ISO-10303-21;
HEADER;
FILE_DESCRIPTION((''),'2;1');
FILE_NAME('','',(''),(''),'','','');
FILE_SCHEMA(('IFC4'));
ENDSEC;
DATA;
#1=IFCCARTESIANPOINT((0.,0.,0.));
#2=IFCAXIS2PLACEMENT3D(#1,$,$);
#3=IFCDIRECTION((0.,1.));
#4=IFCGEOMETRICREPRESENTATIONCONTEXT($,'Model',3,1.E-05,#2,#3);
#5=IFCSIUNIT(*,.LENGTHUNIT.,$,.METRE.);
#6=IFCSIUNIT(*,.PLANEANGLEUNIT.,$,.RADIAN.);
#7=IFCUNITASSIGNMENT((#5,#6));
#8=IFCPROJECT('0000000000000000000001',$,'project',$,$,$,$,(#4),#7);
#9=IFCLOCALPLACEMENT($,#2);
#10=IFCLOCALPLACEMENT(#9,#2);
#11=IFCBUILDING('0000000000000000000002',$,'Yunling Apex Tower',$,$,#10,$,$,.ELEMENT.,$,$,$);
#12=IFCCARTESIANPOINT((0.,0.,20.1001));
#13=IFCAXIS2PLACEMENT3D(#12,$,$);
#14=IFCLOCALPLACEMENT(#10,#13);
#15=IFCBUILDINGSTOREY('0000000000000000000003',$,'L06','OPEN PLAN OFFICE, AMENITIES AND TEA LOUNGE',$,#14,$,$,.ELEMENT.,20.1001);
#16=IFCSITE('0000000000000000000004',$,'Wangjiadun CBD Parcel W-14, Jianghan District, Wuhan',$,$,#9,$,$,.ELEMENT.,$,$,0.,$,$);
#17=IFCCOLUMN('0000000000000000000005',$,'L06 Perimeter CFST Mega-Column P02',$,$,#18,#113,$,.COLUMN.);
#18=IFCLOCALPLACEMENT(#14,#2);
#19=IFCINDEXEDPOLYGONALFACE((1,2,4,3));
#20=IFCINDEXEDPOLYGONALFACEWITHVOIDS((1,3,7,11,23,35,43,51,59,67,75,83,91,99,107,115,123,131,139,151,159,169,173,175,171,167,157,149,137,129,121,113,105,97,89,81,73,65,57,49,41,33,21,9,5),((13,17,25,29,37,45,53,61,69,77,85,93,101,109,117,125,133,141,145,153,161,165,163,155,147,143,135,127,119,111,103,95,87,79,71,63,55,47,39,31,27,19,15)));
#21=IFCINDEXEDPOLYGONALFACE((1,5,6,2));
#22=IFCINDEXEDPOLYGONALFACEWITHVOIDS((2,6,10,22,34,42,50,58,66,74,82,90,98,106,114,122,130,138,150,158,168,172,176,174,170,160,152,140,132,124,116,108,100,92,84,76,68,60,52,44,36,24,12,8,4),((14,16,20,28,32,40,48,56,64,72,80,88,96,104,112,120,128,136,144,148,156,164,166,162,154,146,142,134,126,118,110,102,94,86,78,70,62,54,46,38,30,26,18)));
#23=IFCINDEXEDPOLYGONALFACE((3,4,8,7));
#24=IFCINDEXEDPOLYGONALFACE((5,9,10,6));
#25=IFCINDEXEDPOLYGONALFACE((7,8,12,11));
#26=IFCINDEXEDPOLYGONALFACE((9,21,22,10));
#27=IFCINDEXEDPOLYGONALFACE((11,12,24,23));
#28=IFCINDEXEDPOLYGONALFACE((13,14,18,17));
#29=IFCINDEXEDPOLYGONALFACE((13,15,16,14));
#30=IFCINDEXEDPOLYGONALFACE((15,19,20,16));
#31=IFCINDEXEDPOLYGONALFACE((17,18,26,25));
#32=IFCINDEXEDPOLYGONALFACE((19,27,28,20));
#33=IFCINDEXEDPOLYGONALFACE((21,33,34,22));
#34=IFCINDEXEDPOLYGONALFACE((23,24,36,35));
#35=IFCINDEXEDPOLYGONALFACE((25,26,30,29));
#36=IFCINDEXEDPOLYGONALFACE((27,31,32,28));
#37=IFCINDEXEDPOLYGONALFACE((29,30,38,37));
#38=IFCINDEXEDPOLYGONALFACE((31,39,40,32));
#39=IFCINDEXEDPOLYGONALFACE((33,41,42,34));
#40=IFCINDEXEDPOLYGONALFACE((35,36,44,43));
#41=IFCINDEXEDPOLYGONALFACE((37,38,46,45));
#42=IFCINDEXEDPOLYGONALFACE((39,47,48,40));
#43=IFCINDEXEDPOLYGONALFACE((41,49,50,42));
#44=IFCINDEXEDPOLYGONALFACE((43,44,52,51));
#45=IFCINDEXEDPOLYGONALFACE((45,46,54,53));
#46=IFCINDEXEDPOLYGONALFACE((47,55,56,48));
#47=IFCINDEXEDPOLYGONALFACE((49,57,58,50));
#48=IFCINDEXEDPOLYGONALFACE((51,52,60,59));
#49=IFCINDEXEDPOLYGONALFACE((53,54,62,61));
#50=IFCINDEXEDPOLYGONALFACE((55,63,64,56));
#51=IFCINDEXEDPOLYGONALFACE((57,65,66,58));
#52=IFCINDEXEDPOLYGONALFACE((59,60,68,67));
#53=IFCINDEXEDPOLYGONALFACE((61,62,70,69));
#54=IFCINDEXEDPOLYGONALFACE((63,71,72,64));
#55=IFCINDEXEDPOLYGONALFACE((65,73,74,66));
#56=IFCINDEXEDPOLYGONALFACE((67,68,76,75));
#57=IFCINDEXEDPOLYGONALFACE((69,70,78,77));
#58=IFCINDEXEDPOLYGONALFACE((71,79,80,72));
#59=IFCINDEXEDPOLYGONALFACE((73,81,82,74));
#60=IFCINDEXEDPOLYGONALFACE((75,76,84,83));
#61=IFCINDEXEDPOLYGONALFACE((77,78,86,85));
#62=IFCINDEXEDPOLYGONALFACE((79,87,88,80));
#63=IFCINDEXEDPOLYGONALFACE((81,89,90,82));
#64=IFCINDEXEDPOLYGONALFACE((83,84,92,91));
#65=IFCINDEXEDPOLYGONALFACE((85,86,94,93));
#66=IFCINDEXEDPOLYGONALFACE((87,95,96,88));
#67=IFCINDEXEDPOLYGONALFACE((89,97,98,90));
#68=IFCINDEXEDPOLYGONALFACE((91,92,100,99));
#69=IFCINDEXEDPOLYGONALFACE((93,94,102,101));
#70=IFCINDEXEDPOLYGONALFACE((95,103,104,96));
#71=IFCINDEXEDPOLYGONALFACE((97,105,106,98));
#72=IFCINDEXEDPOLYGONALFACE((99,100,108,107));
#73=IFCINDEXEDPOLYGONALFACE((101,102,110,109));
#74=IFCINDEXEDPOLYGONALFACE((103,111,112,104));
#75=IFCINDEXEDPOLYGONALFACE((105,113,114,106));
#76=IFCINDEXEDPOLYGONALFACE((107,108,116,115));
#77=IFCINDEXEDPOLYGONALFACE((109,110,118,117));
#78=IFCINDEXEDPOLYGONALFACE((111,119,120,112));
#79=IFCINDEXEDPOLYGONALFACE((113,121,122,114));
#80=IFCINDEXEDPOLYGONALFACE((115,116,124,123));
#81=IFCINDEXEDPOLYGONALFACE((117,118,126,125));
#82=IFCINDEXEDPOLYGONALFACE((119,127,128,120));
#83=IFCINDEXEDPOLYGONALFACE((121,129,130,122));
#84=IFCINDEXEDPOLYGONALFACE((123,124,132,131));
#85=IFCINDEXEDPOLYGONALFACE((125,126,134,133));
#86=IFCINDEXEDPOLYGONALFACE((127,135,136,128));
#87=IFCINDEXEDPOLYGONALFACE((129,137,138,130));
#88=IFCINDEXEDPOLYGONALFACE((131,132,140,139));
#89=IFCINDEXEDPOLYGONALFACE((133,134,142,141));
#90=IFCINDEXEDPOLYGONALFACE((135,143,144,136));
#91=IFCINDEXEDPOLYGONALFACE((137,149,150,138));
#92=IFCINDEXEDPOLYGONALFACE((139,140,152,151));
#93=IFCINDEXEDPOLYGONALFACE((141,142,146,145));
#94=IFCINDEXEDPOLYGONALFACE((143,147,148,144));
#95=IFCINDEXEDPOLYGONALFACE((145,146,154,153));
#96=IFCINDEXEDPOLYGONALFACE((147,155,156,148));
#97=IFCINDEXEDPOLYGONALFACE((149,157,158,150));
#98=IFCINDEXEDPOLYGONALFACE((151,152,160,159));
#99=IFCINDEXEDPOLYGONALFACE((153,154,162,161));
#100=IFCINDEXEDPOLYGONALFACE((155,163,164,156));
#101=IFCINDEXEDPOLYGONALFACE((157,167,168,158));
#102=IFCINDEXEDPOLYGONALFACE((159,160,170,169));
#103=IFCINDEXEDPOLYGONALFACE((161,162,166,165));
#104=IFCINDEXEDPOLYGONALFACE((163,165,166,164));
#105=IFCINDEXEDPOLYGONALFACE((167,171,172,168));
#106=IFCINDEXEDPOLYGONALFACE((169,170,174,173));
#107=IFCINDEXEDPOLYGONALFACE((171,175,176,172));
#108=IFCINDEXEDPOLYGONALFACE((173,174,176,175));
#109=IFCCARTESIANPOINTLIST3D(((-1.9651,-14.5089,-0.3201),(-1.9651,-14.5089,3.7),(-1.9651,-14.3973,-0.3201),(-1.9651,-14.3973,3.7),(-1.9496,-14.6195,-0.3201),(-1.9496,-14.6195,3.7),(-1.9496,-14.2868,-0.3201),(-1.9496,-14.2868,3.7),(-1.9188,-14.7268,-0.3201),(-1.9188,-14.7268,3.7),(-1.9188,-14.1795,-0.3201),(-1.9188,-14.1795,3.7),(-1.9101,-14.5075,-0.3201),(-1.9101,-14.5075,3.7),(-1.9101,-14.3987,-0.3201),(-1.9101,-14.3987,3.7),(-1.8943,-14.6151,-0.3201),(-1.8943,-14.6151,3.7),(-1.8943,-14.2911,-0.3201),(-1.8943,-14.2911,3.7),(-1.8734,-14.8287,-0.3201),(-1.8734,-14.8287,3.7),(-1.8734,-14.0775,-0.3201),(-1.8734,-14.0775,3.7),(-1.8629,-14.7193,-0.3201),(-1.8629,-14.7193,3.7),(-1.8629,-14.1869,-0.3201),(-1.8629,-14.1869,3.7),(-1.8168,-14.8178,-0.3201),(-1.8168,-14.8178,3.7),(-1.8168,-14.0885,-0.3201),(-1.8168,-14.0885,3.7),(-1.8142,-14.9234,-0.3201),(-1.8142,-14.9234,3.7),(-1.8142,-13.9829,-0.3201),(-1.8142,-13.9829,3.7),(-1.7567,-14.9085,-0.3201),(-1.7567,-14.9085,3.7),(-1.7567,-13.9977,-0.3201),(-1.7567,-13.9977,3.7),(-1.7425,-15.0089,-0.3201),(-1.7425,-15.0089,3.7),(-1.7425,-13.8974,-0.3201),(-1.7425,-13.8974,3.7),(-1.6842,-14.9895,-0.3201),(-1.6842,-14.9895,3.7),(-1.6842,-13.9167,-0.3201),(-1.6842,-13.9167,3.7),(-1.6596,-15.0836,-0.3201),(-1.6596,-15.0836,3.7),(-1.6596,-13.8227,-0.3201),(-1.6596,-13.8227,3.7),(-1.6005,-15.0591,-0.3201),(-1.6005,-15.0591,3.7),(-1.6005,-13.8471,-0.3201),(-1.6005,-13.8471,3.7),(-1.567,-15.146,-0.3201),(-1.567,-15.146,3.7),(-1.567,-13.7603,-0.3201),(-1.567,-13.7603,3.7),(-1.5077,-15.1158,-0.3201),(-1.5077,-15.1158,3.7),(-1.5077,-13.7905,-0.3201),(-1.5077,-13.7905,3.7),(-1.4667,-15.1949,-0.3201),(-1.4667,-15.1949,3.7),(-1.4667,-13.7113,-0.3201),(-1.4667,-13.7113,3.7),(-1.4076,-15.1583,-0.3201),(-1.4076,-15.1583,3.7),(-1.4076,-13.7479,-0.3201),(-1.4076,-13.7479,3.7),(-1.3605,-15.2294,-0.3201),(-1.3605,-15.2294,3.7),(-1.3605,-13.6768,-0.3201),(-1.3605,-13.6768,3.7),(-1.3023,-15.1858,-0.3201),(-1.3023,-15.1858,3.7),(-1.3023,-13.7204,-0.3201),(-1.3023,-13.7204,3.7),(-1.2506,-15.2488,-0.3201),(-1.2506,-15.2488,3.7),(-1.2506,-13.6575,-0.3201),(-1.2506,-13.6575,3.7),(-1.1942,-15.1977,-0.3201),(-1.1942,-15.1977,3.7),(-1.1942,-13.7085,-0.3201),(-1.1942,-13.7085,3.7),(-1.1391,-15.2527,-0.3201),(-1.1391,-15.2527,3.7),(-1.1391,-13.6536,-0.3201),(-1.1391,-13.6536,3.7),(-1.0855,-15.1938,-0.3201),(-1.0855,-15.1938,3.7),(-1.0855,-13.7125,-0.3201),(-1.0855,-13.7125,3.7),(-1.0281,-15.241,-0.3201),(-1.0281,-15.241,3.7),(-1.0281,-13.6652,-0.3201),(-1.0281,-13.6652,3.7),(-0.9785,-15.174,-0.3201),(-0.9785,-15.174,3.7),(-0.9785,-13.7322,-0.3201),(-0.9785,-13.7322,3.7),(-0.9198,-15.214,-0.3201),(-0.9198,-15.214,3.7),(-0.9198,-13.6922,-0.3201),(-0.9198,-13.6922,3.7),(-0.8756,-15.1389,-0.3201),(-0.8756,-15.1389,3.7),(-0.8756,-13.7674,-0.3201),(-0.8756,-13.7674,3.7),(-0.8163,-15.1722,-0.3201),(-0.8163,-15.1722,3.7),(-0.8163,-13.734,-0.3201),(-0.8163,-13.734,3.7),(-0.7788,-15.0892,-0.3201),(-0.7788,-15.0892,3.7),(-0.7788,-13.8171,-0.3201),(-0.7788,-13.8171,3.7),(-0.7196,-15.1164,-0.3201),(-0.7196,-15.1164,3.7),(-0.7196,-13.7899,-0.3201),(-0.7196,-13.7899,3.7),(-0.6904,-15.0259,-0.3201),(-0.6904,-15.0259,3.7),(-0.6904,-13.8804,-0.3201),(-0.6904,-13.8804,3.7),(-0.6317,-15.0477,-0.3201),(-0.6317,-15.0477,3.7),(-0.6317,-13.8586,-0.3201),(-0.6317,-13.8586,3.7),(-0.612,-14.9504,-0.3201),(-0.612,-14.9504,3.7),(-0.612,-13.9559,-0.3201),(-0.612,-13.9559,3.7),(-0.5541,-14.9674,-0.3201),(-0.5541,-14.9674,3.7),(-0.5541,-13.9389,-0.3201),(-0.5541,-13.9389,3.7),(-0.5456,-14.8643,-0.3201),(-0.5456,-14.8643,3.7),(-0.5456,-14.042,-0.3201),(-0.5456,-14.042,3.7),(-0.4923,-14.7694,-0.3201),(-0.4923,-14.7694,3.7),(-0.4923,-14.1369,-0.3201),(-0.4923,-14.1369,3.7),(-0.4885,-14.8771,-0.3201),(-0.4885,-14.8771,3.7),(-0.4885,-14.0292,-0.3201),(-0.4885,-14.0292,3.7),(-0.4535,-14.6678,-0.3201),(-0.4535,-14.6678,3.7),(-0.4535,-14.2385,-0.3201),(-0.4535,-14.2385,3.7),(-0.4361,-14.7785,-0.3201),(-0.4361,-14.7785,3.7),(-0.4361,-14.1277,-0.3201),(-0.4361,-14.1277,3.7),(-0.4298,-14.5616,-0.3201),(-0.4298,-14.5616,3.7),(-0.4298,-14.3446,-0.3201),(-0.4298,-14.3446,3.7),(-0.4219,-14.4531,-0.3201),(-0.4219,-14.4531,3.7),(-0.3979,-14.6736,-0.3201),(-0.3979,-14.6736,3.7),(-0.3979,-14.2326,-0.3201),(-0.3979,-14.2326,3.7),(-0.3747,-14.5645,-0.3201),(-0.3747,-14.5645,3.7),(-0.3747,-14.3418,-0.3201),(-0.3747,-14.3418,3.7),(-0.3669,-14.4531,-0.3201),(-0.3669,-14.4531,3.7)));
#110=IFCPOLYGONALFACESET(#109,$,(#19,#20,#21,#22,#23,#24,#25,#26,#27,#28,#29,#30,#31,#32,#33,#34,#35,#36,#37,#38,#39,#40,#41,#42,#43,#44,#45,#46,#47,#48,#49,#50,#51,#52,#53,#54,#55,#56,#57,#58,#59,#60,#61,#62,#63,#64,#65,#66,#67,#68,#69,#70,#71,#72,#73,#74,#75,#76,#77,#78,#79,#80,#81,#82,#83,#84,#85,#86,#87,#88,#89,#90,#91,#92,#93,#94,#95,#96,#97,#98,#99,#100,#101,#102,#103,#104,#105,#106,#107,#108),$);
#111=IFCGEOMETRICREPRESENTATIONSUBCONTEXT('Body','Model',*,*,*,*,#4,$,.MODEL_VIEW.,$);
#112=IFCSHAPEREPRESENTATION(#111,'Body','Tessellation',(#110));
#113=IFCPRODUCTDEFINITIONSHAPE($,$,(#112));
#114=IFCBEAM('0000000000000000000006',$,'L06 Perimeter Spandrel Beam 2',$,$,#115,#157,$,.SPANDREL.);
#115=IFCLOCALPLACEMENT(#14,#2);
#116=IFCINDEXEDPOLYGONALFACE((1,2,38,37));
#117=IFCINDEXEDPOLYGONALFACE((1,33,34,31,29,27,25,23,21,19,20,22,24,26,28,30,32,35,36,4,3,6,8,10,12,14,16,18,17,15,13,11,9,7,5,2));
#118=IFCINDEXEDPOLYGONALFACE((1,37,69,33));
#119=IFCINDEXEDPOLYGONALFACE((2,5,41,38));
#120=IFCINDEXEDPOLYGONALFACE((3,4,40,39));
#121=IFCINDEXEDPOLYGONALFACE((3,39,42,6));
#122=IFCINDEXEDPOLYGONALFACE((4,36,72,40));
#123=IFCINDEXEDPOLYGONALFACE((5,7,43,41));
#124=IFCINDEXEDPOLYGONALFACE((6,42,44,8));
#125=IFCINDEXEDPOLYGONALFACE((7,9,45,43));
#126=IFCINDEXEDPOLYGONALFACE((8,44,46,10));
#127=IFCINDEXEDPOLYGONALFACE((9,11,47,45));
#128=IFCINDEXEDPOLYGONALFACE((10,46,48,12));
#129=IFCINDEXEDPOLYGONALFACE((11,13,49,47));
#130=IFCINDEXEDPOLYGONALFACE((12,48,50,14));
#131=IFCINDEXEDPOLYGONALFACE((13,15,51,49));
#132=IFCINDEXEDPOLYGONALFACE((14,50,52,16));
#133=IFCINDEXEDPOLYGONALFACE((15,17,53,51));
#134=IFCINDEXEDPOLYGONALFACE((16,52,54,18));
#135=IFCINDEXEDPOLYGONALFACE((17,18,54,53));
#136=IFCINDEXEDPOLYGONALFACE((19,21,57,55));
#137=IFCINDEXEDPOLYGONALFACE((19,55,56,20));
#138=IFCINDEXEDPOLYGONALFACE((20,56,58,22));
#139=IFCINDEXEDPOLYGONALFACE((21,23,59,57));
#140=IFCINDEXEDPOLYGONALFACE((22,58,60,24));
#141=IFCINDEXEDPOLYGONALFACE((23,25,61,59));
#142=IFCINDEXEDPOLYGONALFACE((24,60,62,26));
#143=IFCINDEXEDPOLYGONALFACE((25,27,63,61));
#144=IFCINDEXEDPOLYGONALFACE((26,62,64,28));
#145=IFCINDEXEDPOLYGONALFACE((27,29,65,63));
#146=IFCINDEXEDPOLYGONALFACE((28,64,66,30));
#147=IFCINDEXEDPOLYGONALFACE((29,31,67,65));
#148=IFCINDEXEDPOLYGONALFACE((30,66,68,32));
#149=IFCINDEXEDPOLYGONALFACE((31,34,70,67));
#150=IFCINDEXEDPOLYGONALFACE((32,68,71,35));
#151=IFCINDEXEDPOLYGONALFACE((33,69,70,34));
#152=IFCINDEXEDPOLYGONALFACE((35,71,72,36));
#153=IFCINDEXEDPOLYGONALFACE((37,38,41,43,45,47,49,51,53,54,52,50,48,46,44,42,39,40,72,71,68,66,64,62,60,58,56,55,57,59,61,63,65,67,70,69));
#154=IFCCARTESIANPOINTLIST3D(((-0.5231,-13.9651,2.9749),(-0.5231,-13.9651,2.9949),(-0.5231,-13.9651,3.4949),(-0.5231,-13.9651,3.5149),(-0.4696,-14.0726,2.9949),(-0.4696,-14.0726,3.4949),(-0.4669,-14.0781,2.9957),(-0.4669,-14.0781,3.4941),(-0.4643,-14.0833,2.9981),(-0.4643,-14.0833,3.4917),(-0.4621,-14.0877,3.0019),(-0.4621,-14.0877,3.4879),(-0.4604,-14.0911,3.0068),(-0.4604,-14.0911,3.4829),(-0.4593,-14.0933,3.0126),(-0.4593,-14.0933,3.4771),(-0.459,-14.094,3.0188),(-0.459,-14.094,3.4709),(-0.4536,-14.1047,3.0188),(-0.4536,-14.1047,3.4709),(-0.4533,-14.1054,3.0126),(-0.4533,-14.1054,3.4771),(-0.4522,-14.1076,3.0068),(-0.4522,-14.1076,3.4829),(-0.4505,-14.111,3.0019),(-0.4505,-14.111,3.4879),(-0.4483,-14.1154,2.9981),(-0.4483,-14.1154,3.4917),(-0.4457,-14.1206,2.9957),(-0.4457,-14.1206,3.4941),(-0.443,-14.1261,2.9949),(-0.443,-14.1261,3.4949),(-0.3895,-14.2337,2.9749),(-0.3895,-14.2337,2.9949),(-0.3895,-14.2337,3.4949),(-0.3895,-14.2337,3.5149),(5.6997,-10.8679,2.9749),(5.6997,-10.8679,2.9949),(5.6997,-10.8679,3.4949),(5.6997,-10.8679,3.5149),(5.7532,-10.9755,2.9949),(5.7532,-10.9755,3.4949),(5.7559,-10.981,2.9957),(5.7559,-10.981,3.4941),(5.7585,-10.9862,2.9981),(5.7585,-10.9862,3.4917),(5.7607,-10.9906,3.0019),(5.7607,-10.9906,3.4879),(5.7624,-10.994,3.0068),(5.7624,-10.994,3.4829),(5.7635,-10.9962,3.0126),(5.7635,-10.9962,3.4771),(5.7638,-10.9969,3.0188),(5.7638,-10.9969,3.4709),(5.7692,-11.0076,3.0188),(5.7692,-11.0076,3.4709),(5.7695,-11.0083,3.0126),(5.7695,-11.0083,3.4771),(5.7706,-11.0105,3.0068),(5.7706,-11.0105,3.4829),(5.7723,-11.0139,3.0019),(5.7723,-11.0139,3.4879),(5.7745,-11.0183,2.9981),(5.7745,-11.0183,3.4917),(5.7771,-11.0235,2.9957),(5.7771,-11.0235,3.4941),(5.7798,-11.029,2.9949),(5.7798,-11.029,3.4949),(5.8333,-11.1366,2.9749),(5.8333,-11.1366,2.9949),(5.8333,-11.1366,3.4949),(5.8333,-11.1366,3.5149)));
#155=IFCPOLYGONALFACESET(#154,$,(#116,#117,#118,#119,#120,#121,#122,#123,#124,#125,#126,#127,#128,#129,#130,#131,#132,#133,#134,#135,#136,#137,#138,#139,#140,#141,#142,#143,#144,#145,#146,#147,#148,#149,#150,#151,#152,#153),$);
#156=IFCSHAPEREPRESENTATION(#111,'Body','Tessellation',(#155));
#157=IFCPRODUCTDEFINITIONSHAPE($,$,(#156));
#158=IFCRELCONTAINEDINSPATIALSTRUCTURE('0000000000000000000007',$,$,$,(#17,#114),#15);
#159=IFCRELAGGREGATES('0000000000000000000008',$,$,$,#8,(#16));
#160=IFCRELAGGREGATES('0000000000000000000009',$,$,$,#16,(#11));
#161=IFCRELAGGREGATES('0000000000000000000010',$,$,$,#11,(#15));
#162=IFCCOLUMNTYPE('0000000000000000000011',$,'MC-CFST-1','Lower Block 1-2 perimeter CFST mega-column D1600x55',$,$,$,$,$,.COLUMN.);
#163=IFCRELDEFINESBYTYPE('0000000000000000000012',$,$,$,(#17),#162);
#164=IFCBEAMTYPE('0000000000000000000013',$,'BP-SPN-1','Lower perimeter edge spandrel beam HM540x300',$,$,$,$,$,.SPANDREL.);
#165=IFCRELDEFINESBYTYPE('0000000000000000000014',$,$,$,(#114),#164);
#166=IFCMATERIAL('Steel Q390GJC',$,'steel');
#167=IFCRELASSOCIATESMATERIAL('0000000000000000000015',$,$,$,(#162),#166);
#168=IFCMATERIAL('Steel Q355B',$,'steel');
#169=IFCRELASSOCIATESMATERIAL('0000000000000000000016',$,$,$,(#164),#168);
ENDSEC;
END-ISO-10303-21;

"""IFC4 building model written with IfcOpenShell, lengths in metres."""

from ifc_helpers import new_model, si_unit, direction, frame, origin, origin_2d, place, context, subcontext, project, spatial, hollow_circle, i_section, extrude, source, transform, mapped, material, material_profile, profile_set, type_object, element, save


model = new_model("IFC4")

# Units and contexts
model_context = context("Model", 3, precision=1e-05, world=origin(), true_north=direction((0.0, 1.0)))
body_context = subcontext(model_context, "Body", "Model", "MODEL_VIEW")
ifc_project = project(units=[si_unit("LENGTHUNIT", "METRE"), si_unit("PLANEANGLEUNIT", "RADIAN")], contexts=[model_context])

# Site, building, storey
site_placement = place(None, origin())
site = spatial("IfcSite", under=ifc_project, at=site_placement, Name="Wangjiadun CBD Parcel W-14, Jianghan District, Wuhan", CompositionType="ELEMENT", RefElevation=0.0)
building_placement = place(site_placement, origin())
building = spatial("IfcBuilding", under=site, at=building_placement, Name="Yunling Apex Tower", CompositionType="ELEMENT")
storey_placement = place(building_placement, frame((0.0, 0.0, 20.1001)))
storey = spatial("IfcBuildingStorey", under=building, at=storey_placement, Name="L06", Description="OPEN PLAN OFFICE, AMENITIES AND TEA LOUNGE", CompositionType="ELEMENT", Elevation=20.1001)

# Column
ifc_material_1 = material(Name="Steel Q390GJC", Category="steel")
ifc_material_profile_1 = material_profile(ifc_material_1, hollow_circle(Radius=0.8, WallThickness=0.0549, at=origin_2d()))
ifc_profile_set_1 = profile_set([ifc_material_profile_1], Name="Steel Q390GJC")
column_type = type_object("IfcColumnType", Name="MC-CFST-1", Description="Lower Block 1-2 perimeter CFST mega-column D1600x55", PredefinedType="COLUMN", material=ifc_profile_set_1)
shared_shape_1 = source(origin(), body_context, "Body", "SweptSolid", [
    extrude(hollow_circle(Radius=0.8, WallThickness=0.0549, at=origin_2d()), origin(), (0.0, 0.0, 1.0), 4.02),
])
column_placement = place(storey_placement, frame((-1.167, -14.4531, -0.3201), z_axis=(0.0, 0.0, 1.0), x_axis=(1.0, 0.0, 0.0)))
element("IfcColumn", 1, at=column_placement, inside=storey, type_object=column_type, Name="L06 Perimeter CFST Mega-Column P02", PredefinedType="COLUMN", context=body_context, shape_type="MappedRepresentation", body=[
    mapped(shared_shape_1, transform((0.0, 0.0, 0.0), scale=1.0)),
])

# Beam
ifc_material_2 = material(Name="Steel Q355B", Category="steel")
ifc_material_profile_2 = material_profile(ifc_material_2, i_section(OverallWidth=0.3, OverallDepth=0.54, WebThickness=0.012, FlangeThickness=0.02, FilletRadius=0.0239, at=origin_2d()))
ifc_profile_set_2 = profile_set([ifc_material_profile_2], Name="Steel Q355B")
beam_type_1 = type_object("IfcBeamType", Name="BP-SPN-1", Description="Lower perimeter edge spandrel beam HM540x300", PredefinedType="SPANDREL", material=ifc_profile_set_2)
shared_shape_2 = source(origin(), body_context, "Body", "SweptSolid", [
    extrude(i_section(OverallWidth=0.3, OverallDepth=0.54, WebThickness=0.012, FlangeThickness=0.02, FilletRadius=0.0239, at=origin_2d()), origin(), (0.0, 0.0, 1.0), 6.9509),
])
beam_1_placement = place(storey_placement, frame((-0.4563, -14.0994, 3.2449), z_axis=(0.895248, 0.445569, 0.0), x_axis=(-0.445569, 0.895248, 0.0)))
element("IfcBeam", 2, at=beam_1_placement, inside=storey, type_object=beam_type_1, Name="L06 Perimeter Spandrel Beam 2", PredefinedType="SPANDREL", context=body_context, shape_type="MappedRepresentation", body=[
    mapped(shared_shape_2, transform((0.0, 0.0, 0.0), scale=1.0)),
])

save(model, "model.ifc")
